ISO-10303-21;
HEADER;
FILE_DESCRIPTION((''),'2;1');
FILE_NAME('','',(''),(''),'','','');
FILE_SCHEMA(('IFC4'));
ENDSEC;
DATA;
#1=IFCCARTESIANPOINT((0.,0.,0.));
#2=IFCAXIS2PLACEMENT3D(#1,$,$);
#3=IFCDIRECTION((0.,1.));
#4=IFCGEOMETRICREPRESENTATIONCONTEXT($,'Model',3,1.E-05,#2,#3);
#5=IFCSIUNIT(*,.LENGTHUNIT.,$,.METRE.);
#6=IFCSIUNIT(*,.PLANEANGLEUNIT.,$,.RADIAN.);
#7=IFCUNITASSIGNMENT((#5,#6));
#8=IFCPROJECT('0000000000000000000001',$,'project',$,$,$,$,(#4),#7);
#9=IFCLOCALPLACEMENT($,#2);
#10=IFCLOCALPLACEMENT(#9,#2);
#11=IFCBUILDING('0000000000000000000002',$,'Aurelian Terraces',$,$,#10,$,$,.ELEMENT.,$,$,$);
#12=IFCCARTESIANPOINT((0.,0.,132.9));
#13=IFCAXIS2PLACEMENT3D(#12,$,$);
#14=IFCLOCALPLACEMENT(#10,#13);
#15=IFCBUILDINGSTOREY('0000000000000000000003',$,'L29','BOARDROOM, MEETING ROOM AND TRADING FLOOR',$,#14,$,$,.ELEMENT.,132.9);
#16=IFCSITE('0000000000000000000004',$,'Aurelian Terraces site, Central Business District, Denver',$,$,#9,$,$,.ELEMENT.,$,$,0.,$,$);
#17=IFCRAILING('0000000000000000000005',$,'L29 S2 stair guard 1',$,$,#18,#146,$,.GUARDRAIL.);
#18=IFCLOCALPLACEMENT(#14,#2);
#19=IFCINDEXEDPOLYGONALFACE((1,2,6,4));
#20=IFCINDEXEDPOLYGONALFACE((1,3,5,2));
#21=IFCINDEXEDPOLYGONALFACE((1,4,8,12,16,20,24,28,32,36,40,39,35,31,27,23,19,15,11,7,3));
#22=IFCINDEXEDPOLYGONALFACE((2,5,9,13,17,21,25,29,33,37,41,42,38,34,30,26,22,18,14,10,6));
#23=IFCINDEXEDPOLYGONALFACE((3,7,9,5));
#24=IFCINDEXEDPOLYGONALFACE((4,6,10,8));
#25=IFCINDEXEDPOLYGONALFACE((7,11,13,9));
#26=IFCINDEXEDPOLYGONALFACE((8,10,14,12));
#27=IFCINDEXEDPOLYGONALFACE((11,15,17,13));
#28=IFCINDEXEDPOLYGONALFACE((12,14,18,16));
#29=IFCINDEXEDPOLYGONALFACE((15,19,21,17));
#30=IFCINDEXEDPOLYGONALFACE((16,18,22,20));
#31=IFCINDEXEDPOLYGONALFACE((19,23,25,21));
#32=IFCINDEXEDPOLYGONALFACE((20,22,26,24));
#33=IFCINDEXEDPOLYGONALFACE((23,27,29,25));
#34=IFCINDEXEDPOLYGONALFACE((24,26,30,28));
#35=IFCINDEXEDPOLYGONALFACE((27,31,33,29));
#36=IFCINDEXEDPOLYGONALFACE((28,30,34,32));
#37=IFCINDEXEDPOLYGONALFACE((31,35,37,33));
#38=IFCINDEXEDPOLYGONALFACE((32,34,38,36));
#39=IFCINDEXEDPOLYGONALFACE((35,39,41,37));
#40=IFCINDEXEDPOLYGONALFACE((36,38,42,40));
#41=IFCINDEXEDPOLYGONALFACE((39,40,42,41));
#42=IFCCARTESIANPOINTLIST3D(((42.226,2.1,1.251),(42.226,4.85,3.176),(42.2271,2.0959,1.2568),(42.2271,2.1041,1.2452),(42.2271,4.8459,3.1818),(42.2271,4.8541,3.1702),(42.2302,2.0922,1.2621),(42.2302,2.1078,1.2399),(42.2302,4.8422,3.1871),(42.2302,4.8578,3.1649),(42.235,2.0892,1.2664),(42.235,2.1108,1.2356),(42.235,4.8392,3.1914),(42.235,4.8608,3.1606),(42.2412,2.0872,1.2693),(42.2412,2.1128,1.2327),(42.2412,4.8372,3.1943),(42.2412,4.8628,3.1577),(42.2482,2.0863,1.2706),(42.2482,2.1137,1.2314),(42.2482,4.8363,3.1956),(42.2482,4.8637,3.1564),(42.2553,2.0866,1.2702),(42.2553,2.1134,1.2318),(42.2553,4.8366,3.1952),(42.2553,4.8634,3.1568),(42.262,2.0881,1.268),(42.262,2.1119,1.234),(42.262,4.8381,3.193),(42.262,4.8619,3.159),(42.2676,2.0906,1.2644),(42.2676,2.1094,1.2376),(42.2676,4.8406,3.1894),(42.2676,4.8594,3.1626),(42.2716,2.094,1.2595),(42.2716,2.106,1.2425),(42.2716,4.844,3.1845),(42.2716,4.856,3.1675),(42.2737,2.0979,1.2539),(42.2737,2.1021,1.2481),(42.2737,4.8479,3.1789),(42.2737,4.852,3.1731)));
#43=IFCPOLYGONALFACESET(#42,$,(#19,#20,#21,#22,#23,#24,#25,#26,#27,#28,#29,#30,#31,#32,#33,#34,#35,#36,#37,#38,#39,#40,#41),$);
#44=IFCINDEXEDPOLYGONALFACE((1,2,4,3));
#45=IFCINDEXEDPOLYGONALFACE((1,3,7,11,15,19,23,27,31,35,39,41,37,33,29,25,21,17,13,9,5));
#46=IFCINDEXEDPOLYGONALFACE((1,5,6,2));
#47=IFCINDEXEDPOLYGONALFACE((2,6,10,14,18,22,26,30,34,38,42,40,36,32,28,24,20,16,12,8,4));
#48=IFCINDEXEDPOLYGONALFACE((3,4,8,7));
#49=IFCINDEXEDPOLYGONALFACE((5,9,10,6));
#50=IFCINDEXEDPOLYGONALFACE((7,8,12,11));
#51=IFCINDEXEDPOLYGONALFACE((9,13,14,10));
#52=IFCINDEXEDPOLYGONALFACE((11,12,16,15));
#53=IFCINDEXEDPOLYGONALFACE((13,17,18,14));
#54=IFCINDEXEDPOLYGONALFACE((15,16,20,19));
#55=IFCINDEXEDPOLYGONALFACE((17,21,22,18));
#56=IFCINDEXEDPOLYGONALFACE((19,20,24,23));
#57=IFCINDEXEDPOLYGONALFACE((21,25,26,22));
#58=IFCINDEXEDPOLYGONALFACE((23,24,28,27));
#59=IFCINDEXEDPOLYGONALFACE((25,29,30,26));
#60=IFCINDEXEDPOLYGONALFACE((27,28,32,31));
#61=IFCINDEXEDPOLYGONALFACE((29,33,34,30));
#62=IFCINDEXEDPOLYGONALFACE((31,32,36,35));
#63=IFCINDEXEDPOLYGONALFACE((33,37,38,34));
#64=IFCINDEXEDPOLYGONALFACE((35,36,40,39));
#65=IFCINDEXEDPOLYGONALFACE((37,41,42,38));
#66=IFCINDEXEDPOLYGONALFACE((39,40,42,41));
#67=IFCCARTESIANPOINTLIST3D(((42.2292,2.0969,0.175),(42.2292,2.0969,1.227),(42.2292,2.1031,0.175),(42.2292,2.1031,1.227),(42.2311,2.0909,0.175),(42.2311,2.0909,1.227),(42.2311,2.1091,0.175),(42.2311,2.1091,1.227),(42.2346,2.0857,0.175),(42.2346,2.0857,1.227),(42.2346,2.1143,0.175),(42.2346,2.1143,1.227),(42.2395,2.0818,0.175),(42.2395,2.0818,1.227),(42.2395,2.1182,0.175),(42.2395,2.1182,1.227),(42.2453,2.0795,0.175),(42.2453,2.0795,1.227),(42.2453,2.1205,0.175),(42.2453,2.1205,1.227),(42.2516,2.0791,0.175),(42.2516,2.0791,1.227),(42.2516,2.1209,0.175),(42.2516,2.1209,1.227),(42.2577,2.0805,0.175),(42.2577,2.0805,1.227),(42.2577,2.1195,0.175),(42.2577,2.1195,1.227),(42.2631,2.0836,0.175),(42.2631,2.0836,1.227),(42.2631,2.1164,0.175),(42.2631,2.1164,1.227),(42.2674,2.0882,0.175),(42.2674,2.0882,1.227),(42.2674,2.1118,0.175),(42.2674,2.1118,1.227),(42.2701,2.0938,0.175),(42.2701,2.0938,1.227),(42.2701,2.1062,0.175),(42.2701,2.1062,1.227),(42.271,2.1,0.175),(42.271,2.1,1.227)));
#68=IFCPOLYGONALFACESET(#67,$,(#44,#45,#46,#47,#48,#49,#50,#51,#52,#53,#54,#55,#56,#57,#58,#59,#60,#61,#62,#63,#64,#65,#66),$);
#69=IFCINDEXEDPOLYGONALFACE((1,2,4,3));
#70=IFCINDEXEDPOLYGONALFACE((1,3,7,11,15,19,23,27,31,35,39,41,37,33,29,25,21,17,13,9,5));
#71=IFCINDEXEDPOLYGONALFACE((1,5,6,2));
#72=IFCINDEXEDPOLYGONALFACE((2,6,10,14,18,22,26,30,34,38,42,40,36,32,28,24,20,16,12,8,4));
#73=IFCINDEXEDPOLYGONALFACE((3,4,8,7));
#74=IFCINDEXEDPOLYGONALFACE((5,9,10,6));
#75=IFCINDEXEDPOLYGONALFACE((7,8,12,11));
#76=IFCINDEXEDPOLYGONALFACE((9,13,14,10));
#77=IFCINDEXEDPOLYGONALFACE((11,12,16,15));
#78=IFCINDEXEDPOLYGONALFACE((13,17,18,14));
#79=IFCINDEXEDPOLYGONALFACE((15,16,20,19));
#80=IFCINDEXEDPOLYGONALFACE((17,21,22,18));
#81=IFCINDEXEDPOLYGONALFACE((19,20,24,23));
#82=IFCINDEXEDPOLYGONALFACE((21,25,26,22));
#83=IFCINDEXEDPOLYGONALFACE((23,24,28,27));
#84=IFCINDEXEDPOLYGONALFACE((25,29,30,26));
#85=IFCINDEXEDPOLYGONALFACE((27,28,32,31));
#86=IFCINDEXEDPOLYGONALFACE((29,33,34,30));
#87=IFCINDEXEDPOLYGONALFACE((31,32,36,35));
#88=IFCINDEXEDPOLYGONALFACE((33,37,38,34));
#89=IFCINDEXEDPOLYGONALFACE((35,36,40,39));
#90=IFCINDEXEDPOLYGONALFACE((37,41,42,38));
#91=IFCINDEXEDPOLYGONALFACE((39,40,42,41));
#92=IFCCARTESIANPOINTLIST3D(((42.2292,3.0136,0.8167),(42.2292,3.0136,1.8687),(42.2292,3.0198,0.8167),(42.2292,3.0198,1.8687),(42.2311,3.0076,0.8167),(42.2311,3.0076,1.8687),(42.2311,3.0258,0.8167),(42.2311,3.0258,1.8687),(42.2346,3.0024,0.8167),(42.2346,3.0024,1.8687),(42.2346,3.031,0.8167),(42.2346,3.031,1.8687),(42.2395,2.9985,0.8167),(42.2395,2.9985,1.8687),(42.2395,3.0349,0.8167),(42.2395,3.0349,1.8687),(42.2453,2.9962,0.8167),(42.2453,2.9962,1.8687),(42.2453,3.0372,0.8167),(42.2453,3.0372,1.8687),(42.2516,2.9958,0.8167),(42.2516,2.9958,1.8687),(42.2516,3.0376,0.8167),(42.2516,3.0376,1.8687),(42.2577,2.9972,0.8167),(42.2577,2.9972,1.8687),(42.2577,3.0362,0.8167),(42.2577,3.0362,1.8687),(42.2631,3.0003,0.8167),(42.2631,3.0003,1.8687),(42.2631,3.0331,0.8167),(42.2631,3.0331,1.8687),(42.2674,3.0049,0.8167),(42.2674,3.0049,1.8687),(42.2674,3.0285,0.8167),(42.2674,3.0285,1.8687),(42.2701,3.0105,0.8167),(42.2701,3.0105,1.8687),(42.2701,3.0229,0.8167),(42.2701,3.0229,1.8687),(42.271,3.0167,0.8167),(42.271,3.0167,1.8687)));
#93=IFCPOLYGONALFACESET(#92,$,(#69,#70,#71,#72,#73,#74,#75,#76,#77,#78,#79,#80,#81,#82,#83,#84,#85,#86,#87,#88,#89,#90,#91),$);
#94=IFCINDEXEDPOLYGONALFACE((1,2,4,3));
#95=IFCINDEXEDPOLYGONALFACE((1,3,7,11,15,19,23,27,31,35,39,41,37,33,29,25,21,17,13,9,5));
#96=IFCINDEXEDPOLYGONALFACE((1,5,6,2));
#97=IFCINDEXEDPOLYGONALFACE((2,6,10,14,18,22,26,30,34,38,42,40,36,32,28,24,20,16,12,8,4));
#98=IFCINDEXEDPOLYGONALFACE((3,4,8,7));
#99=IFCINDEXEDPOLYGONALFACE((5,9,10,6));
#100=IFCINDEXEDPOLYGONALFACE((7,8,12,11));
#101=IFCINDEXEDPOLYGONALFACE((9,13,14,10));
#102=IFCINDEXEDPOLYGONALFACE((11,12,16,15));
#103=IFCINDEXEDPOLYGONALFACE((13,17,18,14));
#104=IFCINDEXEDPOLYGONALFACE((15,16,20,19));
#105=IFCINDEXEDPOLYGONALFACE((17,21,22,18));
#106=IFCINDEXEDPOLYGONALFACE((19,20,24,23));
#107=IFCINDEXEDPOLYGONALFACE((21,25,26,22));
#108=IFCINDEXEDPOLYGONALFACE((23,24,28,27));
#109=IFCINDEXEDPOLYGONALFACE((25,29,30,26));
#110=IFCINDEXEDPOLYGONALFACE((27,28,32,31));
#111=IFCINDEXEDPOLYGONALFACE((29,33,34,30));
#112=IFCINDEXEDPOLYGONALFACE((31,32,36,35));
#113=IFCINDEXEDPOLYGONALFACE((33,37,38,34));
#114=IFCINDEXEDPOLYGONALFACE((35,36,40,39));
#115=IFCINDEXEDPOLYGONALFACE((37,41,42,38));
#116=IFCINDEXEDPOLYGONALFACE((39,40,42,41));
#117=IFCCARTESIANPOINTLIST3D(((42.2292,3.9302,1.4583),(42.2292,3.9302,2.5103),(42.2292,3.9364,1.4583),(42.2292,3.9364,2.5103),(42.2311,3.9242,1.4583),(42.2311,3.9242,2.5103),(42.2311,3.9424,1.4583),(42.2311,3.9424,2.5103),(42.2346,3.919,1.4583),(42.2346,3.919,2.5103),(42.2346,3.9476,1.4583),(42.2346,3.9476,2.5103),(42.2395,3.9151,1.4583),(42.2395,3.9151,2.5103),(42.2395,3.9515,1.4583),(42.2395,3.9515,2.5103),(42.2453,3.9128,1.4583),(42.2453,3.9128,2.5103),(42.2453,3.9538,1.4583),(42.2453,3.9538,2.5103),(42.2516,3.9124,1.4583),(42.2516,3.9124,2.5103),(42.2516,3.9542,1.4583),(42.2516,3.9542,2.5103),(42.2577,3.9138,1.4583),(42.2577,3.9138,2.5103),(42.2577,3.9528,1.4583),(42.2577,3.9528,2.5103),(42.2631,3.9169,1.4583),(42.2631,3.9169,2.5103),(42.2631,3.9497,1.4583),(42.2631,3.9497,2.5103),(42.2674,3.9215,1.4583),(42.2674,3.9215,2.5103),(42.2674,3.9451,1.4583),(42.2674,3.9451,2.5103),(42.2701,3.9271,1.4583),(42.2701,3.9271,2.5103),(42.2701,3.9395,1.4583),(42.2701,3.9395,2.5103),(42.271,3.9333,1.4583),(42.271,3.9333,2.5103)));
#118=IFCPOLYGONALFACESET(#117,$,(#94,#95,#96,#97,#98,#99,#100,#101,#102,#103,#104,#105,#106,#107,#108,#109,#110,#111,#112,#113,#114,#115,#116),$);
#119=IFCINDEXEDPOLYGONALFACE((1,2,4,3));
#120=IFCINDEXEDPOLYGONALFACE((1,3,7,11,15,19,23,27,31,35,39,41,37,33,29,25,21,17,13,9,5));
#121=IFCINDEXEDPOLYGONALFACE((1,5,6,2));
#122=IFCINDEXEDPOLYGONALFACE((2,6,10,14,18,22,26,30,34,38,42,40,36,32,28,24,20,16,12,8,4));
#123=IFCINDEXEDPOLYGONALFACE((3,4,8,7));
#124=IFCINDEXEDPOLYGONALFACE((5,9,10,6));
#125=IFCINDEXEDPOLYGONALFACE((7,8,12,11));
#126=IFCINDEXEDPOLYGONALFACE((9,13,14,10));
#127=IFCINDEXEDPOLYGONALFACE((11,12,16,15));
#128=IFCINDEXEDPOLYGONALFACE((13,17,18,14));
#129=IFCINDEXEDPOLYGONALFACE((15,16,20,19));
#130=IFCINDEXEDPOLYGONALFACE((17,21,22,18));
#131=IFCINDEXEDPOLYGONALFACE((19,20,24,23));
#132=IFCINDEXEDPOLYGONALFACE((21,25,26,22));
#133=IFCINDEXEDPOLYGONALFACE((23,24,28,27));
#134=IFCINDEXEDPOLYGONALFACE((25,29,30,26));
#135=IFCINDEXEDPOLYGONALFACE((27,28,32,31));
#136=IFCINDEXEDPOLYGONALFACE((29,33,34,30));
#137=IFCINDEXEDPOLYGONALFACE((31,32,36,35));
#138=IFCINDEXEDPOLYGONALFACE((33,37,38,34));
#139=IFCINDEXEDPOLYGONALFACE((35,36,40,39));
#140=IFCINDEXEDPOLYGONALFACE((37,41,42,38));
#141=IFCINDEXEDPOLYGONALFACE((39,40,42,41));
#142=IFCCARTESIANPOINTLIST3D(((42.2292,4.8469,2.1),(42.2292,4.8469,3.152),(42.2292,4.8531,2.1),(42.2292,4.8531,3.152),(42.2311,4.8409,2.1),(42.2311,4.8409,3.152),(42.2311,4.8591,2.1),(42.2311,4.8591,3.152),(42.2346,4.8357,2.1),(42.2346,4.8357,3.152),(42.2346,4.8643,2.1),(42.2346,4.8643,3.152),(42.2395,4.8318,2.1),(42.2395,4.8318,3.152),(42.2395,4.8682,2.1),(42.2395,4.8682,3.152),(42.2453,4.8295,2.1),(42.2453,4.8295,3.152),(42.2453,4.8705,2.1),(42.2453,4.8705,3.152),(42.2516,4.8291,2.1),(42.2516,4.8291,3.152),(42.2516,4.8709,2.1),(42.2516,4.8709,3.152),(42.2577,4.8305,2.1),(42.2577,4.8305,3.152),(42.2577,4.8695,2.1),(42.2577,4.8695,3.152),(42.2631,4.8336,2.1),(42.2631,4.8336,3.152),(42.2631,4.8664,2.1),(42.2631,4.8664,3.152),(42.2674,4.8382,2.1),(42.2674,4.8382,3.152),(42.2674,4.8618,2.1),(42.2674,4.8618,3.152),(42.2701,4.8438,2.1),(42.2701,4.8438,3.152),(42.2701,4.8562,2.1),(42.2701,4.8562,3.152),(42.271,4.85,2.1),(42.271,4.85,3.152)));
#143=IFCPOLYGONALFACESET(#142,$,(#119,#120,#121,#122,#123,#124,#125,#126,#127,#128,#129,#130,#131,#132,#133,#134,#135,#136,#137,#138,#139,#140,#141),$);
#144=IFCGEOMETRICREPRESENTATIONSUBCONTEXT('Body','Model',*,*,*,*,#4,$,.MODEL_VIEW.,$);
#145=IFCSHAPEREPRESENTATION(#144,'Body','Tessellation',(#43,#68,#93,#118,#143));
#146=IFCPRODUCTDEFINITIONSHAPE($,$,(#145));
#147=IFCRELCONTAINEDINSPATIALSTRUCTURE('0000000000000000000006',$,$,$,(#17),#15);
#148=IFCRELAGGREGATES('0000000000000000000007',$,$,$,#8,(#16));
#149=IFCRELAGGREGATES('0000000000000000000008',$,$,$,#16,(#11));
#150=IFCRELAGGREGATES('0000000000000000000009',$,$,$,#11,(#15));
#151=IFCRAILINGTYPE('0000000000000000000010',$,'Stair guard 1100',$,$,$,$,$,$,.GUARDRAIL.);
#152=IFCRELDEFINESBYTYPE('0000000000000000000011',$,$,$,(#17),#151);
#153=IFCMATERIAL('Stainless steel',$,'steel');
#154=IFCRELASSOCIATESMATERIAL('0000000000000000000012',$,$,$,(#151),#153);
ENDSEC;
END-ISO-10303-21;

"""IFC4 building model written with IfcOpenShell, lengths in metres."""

from ifc_helpers import new_model, si_unit, direction, frame, origin, origin_2d, place, context, subcontext, project, spatial, circle, extrude, source, transform, mapped, material, type_object, element, save


model = new_model("IFC4")

# Units and contexts
model_context = context("Model", 3, precision=1e-05, world=origin(), true_north=direction((0.0, 1.0)))
body_context = subcontext(model_context, "Body", "Model", "MODEL_VIEW")
ifc_project = project(units=[si_unit("LENGTHUNIT", "METRE"), si_unit("PLANEANGLEUNIT", "RADIAN")], contexts=[model_context])

# Site, building, storey
site_placement = place(None, origin())
site = spatial("IfcSite", under=ifc_project, at=site_placement, Name="Aurelian Terraces site, Central Business District, Denver", CompositionType="ELEMENT", RefElevation=0.0)
building_placement = place(site_placement, origin())
building = spatial("IfcBuilding", under=site, at=building_placement, Name="Aurelian Terraces", CompositionType="ELEMENT")
storey_placement = place(building_placement, frame((0.0, 0.0, 132.9)))
storey = spatial("IfcBuildingStorey", under=building, at=storey_placement, Name="L29", Description="BOARDROOM, MEETING ROOM AND TRADING FLOOR", CompositionType="ELEMENT", Elevation=132.9)

# Railing
ifc_material_1 = material(Name="Stainless steel", Category="steel")
railing_type_1 = type_object("IfcRailingType", Name="Stair guard 1100", PredefinedType="GUARDRAIL", material=ifc_material_1)
shared_shape_1 = source(origin(), body_context, "Body", "SweptSolid", [
    extrude(circle(Radius=0.024, at=origin_2d()), frame((0.0, 0.0, 1.076), z_axis=(0.0, 0.819232, 0.573462), x_axis=(-1.0, 0.0, 0.0)), (0.0, 0.0, 1.0), 3.3568),
    extrude(circle(Radius=0.021, at=origin_2d()), origin(), (0.0, 0.0, 1.0), 1.052),
    extrude(circle(Radius=0.021, at=origin_2d()), frame((0.0, 0.9167, 0.6417)), (0.0, 0.0, 1.0), 1.052),
    extrude(circle(Radius=0.021, at=origin_2d()), frame((0.0, 1.8333, 1.2833)), (0.0, 0.0, 1.0), 1.052),
    extrude(circle(Radius=0.021, at=origin_2d()), frame((0.0, 2.75, 1.925)), (0.0, 0.0, 1.0), 1.052),
])
railing_1_placement = place(storey_placement, frame((42.25, 2.1, 0.175)))
element("IfcRailing", 1, at=railing_1_placement, inside=storey, type_object=railing_type_1, Name="L29 S2 stair guard 1", PredefinedType="GUARDRAIL", context=body_context, shape_type="MappedRepresentation", body=[
    mapped(shared_shape_1, transform((0.0, 0.0, 0.0), scale=1.0)),
])

save(model, "model.ifc")
